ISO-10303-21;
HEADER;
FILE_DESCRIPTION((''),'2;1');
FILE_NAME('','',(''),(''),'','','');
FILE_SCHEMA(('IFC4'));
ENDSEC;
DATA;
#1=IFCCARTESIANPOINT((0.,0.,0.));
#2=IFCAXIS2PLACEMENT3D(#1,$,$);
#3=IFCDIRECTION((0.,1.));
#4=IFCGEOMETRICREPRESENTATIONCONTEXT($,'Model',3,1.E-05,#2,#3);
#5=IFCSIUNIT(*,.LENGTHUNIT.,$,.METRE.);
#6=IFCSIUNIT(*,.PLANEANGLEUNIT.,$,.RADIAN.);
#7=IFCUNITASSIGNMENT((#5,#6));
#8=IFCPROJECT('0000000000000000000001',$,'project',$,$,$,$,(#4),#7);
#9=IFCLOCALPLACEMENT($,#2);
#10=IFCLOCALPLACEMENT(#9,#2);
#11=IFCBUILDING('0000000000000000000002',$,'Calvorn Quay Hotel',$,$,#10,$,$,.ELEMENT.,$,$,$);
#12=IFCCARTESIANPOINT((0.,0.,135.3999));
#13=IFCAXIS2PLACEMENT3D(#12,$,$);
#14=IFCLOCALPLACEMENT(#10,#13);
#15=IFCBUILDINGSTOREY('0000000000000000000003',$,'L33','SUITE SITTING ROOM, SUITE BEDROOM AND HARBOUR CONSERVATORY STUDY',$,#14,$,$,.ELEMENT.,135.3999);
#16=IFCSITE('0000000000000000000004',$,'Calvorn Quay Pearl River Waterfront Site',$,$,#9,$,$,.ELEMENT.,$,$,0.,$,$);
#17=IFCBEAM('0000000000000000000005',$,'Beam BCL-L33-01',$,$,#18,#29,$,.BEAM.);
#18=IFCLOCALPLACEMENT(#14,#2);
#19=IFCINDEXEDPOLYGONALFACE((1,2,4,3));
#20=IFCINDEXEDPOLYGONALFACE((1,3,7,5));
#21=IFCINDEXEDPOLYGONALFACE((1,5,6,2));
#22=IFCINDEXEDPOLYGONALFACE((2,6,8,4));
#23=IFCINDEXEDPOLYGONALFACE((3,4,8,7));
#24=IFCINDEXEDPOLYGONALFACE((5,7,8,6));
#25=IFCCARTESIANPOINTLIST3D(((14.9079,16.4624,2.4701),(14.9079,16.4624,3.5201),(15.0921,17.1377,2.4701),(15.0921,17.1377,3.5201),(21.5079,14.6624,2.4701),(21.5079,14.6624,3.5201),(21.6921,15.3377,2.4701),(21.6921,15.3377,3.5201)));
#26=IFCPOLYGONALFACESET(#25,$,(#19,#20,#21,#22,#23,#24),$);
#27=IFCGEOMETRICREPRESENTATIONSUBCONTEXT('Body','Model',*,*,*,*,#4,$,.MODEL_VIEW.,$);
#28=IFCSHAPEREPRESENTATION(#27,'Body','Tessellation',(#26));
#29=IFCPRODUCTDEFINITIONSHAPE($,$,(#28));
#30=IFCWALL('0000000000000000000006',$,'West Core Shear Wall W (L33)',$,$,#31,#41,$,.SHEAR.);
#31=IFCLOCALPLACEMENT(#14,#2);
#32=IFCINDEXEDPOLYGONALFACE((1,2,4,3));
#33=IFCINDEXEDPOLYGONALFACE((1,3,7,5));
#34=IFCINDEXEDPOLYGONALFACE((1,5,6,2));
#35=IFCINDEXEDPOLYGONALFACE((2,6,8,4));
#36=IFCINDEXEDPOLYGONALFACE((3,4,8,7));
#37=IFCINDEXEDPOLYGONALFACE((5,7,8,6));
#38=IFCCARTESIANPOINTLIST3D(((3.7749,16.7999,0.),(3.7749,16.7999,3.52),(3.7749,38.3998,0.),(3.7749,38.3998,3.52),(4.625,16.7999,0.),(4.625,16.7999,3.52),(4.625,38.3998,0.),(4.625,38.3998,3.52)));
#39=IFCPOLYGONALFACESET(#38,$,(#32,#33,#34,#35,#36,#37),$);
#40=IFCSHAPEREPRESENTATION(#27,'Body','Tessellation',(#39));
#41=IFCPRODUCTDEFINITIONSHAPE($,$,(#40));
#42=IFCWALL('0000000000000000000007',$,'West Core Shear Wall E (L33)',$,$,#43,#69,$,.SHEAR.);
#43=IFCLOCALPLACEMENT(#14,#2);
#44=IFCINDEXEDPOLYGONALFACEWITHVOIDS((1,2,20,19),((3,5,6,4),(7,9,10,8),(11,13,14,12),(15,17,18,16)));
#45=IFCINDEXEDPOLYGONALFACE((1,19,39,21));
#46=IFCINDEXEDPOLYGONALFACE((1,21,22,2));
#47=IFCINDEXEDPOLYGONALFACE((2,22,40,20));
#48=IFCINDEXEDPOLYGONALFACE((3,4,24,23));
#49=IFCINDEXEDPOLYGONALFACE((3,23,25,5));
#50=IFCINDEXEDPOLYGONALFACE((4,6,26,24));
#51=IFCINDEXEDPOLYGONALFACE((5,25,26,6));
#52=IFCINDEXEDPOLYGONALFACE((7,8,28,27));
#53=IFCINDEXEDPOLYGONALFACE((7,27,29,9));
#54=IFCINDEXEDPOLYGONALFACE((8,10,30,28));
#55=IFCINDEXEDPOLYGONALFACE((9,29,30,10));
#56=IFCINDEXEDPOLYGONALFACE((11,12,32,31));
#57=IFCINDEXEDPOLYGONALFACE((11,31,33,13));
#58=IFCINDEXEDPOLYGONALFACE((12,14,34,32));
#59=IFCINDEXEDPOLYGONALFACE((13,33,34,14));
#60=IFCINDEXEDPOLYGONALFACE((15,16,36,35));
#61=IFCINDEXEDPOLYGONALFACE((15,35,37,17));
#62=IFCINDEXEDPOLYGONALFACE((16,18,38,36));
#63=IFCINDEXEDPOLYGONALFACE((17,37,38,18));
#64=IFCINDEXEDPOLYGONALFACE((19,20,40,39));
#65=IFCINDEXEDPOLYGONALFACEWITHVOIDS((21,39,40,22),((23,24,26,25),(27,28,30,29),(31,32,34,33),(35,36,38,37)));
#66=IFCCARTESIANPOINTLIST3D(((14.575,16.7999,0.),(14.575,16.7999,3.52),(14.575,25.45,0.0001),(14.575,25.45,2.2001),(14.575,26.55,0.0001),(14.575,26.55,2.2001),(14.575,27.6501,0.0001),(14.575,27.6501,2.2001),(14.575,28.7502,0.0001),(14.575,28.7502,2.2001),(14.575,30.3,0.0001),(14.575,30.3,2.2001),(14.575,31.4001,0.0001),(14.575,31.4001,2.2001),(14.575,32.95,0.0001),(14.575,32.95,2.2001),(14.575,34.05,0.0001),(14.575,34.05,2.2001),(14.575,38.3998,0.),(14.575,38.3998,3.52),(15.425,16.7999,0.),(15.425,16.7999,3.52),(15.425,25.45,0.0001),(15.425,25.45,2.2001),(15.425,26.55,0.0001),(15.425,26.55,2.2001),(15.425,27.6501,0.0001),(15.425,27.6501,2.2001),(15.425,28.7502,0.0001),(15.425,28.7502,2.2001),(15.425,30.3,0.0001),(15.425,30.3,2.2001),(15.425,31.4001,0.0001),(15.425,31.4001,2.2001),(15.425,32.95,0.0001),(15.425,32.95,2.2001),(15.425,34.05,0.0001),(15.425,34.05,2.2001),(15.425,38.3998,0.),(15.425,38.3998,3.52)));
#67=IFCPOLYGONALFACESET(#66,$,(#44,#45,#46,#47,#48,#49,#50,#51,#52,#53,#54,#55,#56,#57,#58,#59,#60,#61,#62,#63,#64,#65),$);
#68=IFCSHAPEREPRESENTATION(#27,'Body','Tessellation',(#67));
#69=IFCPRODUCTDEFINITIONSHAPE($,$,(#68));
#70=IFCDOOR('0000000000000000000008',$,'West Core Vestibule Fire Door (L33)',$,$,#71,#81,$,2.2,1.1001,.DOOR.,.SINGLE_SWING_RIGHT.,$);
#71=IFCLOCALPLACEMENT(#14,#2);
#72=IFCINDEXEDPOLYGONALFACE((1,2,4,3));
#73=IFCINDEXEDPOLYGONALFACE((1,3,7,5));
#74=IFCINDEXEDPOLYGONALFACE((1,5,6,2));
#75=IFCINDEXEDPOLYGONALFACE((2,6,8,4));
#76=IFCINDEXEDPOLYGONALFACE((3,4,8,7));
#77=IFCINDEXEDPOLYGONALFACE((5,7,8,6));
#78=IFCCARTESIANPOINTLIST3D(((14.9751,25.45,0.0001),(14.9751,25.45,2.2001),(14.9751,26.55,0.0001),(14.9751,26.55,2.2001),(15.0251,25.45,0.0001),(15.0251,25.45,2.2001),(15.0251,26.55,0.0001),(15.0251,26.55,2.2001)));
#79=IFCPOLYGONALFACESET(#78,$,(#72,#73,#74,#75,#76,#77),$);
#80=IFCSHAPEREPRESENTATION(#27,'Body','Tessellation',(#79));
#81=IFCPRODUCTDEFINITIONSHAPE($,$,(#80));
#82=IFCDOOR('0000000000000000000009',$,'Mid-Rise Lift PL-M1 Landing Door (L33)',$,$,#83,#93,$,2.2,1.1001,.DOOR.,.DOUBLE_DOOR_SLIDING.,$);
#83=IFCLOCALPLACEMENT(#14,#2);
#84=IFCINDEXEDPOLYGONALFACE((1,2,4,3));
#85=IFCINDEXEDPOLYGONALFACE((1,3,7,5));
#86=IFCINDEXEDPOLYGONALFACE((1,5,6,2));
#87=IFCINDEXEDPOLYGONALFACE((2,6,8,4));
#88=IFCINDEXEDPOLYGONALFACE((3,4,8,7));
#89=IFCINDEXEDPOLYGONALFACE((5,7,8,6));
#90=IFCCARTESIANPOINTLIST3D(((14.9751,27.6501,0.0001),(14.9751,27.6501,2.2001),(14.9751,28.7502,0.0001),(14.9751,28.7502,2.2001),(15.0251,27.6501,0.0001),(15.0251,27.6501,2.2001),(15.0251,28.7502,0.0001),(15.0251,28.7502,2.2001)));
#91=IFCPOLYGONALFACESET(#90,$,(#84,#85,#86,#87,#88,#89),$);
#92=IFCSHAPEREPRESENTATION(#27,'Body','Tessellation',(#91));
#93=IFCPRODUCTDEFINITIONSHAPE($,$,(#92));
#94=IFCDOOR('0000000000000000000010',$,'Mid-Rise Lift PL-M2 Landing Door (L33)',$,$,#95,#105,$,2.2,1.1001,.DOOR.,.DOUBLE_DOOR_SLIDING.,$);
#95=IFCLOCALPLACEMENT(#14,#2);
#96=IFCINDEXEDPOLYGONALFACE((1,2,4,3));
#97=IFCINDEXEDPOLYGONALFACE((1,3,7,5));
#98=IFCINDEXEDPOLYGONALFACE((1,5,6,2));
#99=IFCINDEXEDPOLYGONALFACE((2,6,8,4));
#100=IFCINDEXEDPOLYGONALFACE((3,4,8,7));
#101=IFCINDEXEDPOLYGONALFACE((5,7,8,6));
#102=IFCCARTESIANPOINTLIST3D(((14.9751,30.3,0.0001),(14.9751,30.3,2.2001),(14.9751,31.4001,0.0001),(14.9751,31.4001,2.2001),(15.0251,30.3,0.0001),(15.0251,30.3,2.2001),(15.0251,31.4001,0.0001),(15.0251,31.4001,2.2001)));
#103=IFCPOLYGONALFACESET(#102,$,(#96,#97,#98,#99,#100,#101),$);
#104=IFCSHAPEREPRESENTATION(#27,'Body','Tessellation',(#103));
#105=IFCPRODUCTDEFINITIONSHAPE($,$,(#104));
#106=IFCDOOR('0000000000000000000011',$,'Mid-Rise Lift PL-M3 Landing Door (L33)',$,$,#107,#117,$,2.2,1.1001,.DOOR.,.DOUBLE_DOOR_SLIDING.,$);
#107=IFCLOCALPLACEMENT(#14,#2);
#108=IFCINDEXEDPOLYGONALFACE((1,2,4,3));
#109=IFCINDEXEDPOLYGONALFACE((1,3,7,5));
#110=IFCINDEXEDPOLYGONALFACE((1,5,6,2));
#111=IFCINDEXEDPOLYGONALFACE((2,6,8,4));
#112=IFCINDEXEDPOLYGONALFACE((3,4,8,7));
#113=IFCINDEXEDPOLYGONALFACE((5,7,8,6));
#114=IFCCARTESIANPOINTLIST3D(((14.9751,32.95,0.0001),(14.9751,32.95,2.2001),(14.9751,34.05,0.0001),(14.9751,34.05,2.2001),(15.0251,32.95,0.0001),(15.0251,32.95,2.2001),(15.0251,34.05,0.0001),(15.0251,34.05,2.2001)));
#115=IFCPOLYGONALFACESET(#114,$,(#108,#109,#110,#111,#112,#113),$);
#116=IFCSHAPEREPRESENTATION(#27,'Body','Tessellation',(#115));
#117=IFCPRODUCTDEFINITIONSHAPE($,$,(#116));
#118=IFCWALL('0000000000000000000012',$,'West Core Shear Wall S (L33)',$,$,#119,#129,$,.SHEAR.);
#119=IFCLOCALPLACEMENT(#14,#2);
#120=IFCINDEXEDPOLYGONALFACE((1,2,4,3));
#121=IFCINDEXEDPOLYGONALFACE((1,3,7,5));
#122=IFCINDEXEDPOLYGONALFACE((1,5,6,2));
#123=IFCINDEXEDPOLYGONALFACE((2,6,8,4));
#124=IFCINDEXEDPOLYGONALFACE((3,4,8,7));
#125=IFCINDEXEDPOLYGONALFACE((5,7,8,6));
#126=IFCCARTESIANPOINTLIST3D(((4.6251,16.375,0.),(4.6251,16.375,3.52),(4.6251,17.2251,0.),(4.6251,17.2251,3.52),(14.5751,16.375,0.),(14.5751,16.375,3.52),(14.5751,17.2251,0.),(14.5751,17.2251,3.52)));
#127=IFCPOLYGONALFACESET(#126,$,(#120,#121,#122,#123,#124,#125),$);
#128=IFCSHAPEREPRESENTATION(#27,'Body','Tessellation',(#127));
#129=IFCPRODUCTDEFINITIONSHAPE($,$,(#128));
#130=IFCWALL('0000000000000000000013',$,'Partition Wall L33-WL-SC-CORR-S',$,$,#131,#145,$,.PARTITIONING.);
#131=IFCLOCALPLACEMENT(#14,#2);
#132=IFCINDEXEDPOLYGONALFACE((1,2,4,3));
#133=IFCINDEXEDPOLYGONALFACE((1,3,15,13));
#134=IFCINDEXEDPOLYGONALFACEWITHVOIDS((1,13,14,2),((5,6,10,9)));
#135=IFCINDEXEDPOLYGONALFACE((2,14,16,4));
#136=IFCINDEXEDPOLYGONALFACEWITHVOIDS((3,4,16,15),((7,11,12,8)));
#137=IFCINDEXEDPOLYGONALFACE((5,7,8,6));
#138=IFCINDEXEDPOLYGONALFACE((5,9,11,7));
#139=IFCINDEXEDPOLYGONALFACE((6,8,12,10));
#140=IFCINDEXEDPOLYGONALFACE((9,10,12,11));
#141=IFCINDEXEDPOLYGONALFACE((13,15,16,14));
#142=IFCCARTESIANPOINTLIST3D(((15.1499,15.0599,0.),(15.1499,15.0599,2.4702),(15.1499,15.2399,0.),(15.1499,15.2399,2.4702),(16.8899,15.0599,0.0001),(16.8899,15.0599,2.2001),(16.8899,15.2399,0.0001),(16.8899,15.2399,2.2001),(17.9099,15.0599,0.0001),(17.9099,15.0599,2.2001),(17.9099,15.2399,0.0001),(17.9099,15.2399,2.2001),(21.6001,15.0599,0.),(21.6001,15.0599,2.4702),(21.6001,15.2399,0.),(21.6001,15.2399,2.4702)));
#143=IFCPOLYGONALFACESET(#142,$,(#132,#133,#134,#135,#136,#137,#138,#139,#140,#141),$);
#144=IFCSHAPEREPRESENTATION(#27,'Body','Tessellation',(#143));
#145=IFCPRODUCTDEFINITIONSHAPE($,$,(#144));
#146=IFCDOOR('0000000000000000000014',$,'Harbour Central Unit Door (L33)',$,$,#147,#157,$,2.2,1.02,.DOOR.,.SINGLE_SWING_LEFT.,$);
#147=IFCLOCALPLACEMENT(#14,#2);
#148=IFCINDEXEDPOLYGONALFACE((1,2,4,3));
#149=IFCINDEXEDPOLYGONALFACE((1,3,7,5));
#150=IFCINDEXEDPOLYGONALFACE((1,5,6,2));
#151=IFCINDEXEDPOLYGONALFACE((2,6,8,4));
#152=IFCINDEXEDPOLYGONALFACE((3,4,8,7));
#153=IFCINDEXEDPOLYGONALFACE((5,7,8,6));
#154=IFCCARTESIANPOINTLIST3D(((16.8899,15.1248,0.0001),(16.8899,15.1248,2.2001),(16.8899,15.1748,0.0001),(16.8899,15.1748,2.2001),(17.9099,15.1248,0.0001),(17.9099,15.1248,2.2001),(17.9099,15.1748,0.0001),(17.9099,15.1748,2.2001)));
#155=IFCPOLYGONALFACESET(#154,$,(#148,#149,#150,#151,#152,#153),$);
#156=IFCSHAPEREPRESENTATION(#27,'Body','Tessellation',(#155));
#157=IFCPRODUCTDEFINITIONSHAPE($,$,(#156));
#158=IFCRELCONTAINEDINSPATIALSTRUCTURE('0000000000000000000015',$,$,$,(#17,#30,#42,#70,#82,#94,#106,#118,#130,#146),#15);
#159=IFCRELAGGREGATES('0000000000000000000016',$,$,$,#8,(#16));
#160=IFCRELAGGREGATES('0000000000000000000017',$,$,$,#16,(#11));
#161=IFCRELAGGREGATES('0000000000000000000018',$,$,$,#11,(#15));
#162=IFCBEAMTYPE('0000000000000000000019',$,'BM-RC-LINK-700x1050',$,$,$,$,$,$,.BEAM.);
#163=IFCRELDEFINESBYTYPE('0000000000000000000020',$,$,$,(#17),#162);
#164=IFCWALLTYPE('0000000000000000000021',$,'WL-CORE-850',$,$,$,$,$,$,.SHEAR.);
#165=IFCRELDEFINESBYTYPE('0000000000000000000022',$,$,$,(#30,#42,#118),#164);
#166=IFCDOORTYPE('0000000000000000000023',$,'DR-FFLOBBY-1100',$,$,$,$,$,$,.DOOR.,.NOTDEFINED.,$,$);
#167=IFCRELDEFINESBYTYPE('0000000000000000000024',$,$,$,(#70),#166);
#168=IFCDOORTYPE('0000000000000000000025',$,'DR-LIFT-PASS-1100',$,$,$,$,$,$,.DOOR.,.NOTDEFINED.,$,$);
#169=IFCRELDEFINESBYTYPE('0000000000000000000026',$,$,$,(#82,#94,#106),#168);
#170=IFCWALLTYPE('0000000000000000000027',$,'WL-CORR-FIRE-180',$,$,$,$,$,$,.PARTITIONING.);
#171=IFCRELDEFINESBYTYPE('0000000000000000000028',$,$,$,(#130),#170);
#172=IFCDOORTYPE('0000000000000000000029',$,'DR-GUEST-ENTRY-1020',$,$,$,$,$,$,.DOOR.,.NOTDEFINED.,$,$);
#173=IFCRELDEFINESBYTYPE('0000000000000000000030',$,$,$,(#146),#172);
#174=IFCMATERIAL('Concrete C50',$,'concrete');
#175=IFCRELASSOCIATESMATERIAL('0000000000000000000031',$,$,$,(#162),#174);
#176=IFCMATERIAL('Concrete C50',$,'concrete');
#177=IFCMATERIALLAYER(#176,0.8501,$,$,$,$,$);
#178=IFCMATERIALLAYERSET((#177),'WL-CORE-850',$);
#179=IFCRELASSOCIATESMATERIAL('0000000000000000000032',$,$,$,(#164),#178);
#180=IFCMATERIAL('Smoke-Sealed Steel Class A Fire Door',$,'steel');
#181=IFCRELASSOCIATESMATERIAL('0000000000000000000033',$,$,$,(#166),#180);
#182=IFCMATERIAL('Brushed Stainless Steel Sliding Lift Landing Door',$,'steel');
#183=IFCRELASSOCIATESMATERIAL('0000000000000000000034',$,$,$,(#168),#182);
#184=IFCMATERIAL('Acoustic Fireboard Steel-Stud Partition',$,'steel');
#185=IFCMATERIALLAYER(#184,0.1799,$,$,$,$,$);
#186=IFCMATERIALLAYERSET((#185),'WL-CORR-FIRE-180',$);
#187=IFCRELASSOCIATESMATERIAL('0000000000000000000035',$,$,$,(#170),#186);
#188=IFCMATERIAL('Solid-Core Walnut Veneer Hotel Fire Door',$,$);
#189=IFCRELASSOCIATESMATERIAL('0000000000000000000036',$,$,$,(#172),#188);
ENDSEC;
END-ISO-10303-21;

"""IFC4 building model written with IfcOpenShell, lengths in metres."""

from ifc_helpers import new_model, si_unit, direction, frame, frame_2d, origin, origin_2d, place, context, subcontext, project, spatial, rectangle, extrude, material, layer, layer_set, material_profile, profile_set, type_object, element, fill, save


model = new_model("IFC4")

# Units and contexts
model_context = context("Model", 3, precision=1e-05, world=origin(), true_north=direction((0.0, 1.0)))
body_context = subcontext(model_context, "Body", "Model", "MODEL_VIEW")
ifc_project = project(units=[si_unit("LENGTHUNIT", "METRE"), si_unit("PLANEANGLEUNIT", "RADIAN")], contexts=[model_context])

# Site, building, storey
site_placement = place(None, origin())
site = spatial("IfcSite", under=ifc_project, at=site_placement, Name="Calvorn Quay Pearl River Waterfront Site", CompositionType="ELEMENT", RefElevation=0.0)
building_placement = place(site_placement, origin())
building = spatial("IfcBuilding", under=site, at=building_placement, Name="Calvorn Quay Hotel", CompositionType="ELEMENT")
storey_placement = place(building_placement, frame((0.0, 0.0, 135.3999)))
storey = spatial("IfcBuildingStorey", under=building, at=storey_placement, Name="L33", Description="SUITE SITTING ROOM, SUITE BEDROOM AND HARBOUR CONSERVATORY STUDY", CompositionType="ELEMENT", Elevation=135.3999)

# Beam
ifc_material_1 = material(Name="Concrete C50", Category="concrete")
ifc_material_profile = material_profile(ifc_material_1, rectangle(XDim=0.7, YDim=1.05, at=origin_2d()), Name="RCB700x1050")
ifc_profile_set = profile_set([ifc_material_profile], Name="Concrete C50")
beam_type = type_object("IfcBeamType", Name="BM-RC-LINK-700x1050", PredefinedType="BEAM", material=ifc_profile_set)
beam_placement = place(storey_placement, frame((15.0, 16.8, 2.9951), z_axis=(0.964763, -0.26312, 0.0), x_axis=(0.26312, 0.964763, 0.0)))
element("IfcBeam", 1, at=beam_placement, inside=storey, type_object=beam_type, Name="Beam BCL-L33-01", PredefinedType="BEAM", context=body_context, shape_type="SweptSolid", body=[
    extrude(rectangle(XDim=0.7, YDim=1.05, at=origin_2d()), origin(), (0.0, 0.0, 1.0), 6.8411),
])

# Wall
ifc_material_2 = material(Name="Concrete C50", Category="concrete")
ifc_layer_1 = layer(ifc_material_2, 0.8501)
ifc_layer_set_1 = layer_set([ifc_layer_1], Name="WL-CORE-850")
wall_type_1 = type_object("IfcWallType", Name="WL-CORE-850", PredefinedType="SHEAR", material=ifc_layer_set_1)
wall_1_placement = place(storey_placement, frame((4.2, 16.8, 0.0), z_axis=(0.0, 0.0, 1.0), x_axis=(0.0, 1.0, 0.0)))
element("IfcWall", 2, at=wall_1_placement, inside=storey, type_object=wall_type_1, Name="West Core Shear Wall W (L33)", PredefinedType="SHEAR", context=body_context, shape_type="SweptSolid", body=[
    extrude(rectangle(XDim=21.5999, YDim=0.8501, at=frame_2d((10.7998, 0.0))), origin(), (0.0, 0.0, 1.0), 3.52),
])

# Wall, openings, doors
wall_2_placement = place(storey_placement, frame((15.0, 16.8, 0.0), z_axis=(0.0, 0.0, 1.0), x_axis=(0.0, 1.0, 0.0)))
wall_2 = element("IfcWall", 3, at=wall_2_placement, inside=storey, type_object=wall_type_1, Name="West Core Shear Wall E (L33)", PredefinedType="SHEAR", context=body_context, shape_type="SweptSolid", body=[
    extrude(rectangle(XDim=21.5999, YDim=0.8501, at=frame_2d((10.7998, 0.0))), origin(), (0.0, 0.0, 1.0), 3.52),
])
opening_1_placement = place(wall_2_placement, frame((8.6499, 0.0, 0.0)))
opening_1 = element("IfcOpeningElement", 4, at=opening_1_placement, cuts=wall_2, PredefinedType="OPENING", context=body_context, shape_type="SweptSolid", body=[
    extrude(rectangle(XDim=1.1001, YDim=2.2, at=frame_2d((0.55, 1.1001))), frame((0.0, 0.4351, 0.0), z_axis=(0.0, -1.0, 0.0), x_axis=(1.0, 0.0, 0.0)), (0.0, 0.0, 1.0), 0.8701),
])
opening_2_placement = place(wall_2_placement, frame((10.8501, 0.0, 0.0)))
opening_2 = element("IfcOpeningElement", 5, at=opening_2_placement, cuts=wall_2, PredefinedType="OPENING", context=body_context, shape_type="SweptSolid", body=[
    extrude(rectangle(XDim=1.1001, YDim=2.2, at=frame_2d((0.55, 1.1001))), frame((0.0, 0.4351, 0.0), z_axis=(0.0, -1.0, 0.0), x_axis=(1.0, 0.0, 0.0)), (0.0, 0.0, 1.0), 0.8701),
])
opening_3_placement = place(wall_2_placement, frame((13.5, 0.0, 0.0)))
opening_3 = element("IfcOpeningElement", 6, at=opening_3_placement, cuts=wall_2, PredefinedType="OPENING", context=body_context, shape_type="SweptSolid", body=[
    extrude(rectangle(XDim=1.1001, YDim=2.2, at=frame_2d((0.55, 1.1001))), frame((0.0, 0.4351, 0.0), z_axis=(0.0, -1.0, 0.0), x_axis=(1.0, 0.0, 0.0)), (0.0, 0.0, 1.0), 0.8701),
])
opening_4_placement = place(wall_2_placement, frame((16.1499, 0.0, 0.0)))
opening_4 = element("IfcOpeningElement", 7, at=opening_4_placement, cuts=wall_2, PredefinedType="OPENING", context=body_context, shape_type="SweptSolid", body=[
    extrude(rectangle(XDim=1.1001, YDim=2.2, at=frame_2d((0.55, 1.1001))), frame((0.0, 0.4351, 0.0), z_axis=(0.0, -1.0, 0.0), x_axis=(1.0, 0.0, 0.0)), (0.0, 0.0, 1.0), 0.8701),
])
ifc_material_3 = material(Name="Smoke-Sealed Steel Class A Fire Door", Category="steel")
door_type_1 = type_object("IfcDoorType", Name="DR-FFLOBBY-1100", OperationType="NOTDEFINED", PredefinedType="DOOR", material=ifc_material_3)
door_1_placement = place(opening_1_placement, origin())
door_1 = element("IfcDoor", 8, at=door_1_placement, inside=storey, type_object=door_type_1, Name="West Core Vestibule Fire Door (L33)", OperationType="SINGLE_SWING_RIGHT", OverallHeight=2.2, OverallWidth=1.1001, PredefinedType="DOOR", context=body_context, shape_type="SweptSolid", body=[
    extrude(rectangle(XDim=1.1001, YDim=2.2, at=frame_2d((0.55, 1.1001))), frame((0.0, 0.0249, 0.0), z_axis=(0.0, -1.0, 0.0), x_axis=(1.0, 0.0, 0.0)), (0.0, 0.0, 1.0), 0.05),
])
fill(opening_1, door_1)
ifc_material_4 = material(Name="Brushed Stainless Steel Sliding Lift Landing Door", Category="steel")
door_type_2 = type_object("IfcDoorType", Name="DR-LIFT-PASS-1100", OperationType="NOTDEFINED", PredefinedType="DOOR", material=ifc_material_4)
door_2_placement = place(opening_2_placement, origin())
door_2 = element("IfcDoor", 9, at=door_2_placement, inside=storey, type_object=door_type_2, Name="Mid-Rise Lift PL-M1 Landing Door (L33)", OperationType="DOUBLE_DOOR_SLIDING", OverallHeight=2.2, OverallWidth=1.1001, PredefinedType="DOOR", context=body_context, shape_type="SweptSolid", body=[
    extrude(rectangle(XDim=1.1001, YDim=2.2, at=frame_2d((0.55, 1.1001))), frame((0.0, 0.0249, 0.0), z_axis=(0.0, -1.0, 0.0), x_axis=(1.0, 0.0, 0.0)), (0.0, 0.0, 1.0), 0.05),
])
fill(opening_2, door_2)
door_3_placement = place(opening_3_placement, origin())
door_3 = element("IfcDoor", 10, at=door_3_placement, inside=storey, type_object=door_type_2, Name="Mid-Rise Lift PL-M2 Landing Door (L33)", OperationType="DOUBLE_DOOR_SLIDING", OverallHeight=2.2, OverallWidth=1.1001, PredefinedType="DOOR", context=body_context, shape_type="SweptSolid", body=[
    extrude(rectangle(XDim=1.1001, YDim=2.2, at=frame_2d((0.55, 1.1001))), frame((0.0, 0.0249, 0.0), z_axis=(0.0, -1.0, 0.0), x_axis=(1.0, 0.0, 0.0)), (0.0, 0.0, 1.0), 0.05),
])
fill(opening_3, door_3)
door_4_placement = place(opening_4_placement, origin())
door_4 = element("IfcDoor", 11, at=door_4_placement, inside=storey, type_object=door_type_2, Name="Mid-Rise Lift PL-M3 Landing Door (L33)", OperationType="DOUBLE_DOOR_SLIDING", OverallHeight=2.2, OverallWidth=1.1001, PredefinedType="DOOR", context=body_context, shape_type="SweptSolid", body=[
    extrude(rectangle(XDim=1.1001, YDim=2.2, at=frame_2d((0.55, 1.1001))), frame((0.0, 0.0249, 0.0), z_axis=(0.0, -1.0, 0.0), x_axis=(1.0, 0.0, 0.0)), (0.0, 0.0, 1.0), 0.05),
])
fill(opening_4, door_4)

# Wall
wall_3_placement = place(storey_placement, frame((4.625, 16.8, 0.0), z_axis=(0.0, 0.0, 1.0), x_axis=(1.0, 0.0, 0.0)))
element("IfcWall", 12, at=wall_3_placement, inside=storey, type_object=wall_type_1, Name="West Core Shear Wall S (L33)", PredefinedType="SHEAR", context=body_context, shape_type="SweptSolid", body=[
    extrude(rectangle(XDim=9.95, YDim=0.8501, at=frame_2d((4.9751, 0.0))), origin(), (0.0, 0.0, 1.0), 3.52),
])

# Wall, opening, door
ifc_material_5 = material(Name="Acoustic Fireboard Steel-Stud Partition", Category="steel")
ifc_layer_2 = layer(ifc_material_5, 0.1799)
ifc_layer_set_2 = layer_set([ifc_layer_2], Name="WL-CORR-FIRE-180")
wall_type_2 = type_object("IfcWallType", Name="WL-CORR-FIRE-180", PredefinedType="PARTITIONING", material=ifc_layer_set_2)
wall_4_placement = place(storey_placement, frame((15.1499, 15.1499, 0.0), z_axis=(0.0, 0.0, 1.0), x_axis=(1.0, 0.0, 0.0)))
wall_4 = element("IfcWall", 13, at=wall_4_placement, inside=storey, type_object=wall_type_2, Name="Partition Wall L33-WL-SC-CORR-S", PredefinedType="PARTITIONING", context=body_context, shape_type="SweptSolid", body=[
    extrude(rectangle(XDim=6.4502, YDim=0.1799, at=frame_2d((3.2251, 0.0))), origin(), (0.0, 0.0, 1.0), 2.4702),
])
opening_5_placement = place(wall_4_placement, frame((1.74, 0.0, 0.0)))
opening_5 = element("IfcOpeningElement", 14, at=opening_5_placement, cuts=wall_4, PredefinedType="OPENING", context=body_context, shape_type="SweptSolid", body=[
    extrude(rectangle(XDim=1.02, YDim=2.2, at=frame_2d((0.51, 1.1001))), frame((0.0, 0.0999, 0.0), z_axis=(0.0, -1.0, 0.0), x_axis=(1.0, 0.0, 0.0)), (0.0, 0.0, 1.0), 0.2),
])
ifc_material_6 = material(Name="Solid-Core Walnut Veneer Hotel Fire Door")
door_type_3 = type_object("IfcDoorType", Name="DR-GUEST-ENTRY-1020", OperationType="NOTDEFINED", PredefinedType="DOOR", material=ifc_material_6)
door_5_placement = place(opening_5_placement, origin())
door_5 = element("IfcDoor", 15, at=door_5_placement, inside=storey, type_object=door_type_3, Name="Harbour Central Unit Door (L33)", OperationType="SINGLE_SWING_LEFT", OverallHeight=2.2, OverallWidth=1.02, PredefinedType="DOOR", context=body_context, shape_type="SweptSolid", body=[
    extrude(rectangle(XDim=1.02, YDim=2.2, at=frame_2d((0.51, 1.1001))), frame((0.0, 0.0249, 0.0), z_axis=(0.0, -1.0, 0.0), x_axis=(1.0, 0.0, 0.0)), (0.0, 0.0, 1.0), 0.05),
])
fill(opening_5, door_5)

save(model, "model.ifc")
